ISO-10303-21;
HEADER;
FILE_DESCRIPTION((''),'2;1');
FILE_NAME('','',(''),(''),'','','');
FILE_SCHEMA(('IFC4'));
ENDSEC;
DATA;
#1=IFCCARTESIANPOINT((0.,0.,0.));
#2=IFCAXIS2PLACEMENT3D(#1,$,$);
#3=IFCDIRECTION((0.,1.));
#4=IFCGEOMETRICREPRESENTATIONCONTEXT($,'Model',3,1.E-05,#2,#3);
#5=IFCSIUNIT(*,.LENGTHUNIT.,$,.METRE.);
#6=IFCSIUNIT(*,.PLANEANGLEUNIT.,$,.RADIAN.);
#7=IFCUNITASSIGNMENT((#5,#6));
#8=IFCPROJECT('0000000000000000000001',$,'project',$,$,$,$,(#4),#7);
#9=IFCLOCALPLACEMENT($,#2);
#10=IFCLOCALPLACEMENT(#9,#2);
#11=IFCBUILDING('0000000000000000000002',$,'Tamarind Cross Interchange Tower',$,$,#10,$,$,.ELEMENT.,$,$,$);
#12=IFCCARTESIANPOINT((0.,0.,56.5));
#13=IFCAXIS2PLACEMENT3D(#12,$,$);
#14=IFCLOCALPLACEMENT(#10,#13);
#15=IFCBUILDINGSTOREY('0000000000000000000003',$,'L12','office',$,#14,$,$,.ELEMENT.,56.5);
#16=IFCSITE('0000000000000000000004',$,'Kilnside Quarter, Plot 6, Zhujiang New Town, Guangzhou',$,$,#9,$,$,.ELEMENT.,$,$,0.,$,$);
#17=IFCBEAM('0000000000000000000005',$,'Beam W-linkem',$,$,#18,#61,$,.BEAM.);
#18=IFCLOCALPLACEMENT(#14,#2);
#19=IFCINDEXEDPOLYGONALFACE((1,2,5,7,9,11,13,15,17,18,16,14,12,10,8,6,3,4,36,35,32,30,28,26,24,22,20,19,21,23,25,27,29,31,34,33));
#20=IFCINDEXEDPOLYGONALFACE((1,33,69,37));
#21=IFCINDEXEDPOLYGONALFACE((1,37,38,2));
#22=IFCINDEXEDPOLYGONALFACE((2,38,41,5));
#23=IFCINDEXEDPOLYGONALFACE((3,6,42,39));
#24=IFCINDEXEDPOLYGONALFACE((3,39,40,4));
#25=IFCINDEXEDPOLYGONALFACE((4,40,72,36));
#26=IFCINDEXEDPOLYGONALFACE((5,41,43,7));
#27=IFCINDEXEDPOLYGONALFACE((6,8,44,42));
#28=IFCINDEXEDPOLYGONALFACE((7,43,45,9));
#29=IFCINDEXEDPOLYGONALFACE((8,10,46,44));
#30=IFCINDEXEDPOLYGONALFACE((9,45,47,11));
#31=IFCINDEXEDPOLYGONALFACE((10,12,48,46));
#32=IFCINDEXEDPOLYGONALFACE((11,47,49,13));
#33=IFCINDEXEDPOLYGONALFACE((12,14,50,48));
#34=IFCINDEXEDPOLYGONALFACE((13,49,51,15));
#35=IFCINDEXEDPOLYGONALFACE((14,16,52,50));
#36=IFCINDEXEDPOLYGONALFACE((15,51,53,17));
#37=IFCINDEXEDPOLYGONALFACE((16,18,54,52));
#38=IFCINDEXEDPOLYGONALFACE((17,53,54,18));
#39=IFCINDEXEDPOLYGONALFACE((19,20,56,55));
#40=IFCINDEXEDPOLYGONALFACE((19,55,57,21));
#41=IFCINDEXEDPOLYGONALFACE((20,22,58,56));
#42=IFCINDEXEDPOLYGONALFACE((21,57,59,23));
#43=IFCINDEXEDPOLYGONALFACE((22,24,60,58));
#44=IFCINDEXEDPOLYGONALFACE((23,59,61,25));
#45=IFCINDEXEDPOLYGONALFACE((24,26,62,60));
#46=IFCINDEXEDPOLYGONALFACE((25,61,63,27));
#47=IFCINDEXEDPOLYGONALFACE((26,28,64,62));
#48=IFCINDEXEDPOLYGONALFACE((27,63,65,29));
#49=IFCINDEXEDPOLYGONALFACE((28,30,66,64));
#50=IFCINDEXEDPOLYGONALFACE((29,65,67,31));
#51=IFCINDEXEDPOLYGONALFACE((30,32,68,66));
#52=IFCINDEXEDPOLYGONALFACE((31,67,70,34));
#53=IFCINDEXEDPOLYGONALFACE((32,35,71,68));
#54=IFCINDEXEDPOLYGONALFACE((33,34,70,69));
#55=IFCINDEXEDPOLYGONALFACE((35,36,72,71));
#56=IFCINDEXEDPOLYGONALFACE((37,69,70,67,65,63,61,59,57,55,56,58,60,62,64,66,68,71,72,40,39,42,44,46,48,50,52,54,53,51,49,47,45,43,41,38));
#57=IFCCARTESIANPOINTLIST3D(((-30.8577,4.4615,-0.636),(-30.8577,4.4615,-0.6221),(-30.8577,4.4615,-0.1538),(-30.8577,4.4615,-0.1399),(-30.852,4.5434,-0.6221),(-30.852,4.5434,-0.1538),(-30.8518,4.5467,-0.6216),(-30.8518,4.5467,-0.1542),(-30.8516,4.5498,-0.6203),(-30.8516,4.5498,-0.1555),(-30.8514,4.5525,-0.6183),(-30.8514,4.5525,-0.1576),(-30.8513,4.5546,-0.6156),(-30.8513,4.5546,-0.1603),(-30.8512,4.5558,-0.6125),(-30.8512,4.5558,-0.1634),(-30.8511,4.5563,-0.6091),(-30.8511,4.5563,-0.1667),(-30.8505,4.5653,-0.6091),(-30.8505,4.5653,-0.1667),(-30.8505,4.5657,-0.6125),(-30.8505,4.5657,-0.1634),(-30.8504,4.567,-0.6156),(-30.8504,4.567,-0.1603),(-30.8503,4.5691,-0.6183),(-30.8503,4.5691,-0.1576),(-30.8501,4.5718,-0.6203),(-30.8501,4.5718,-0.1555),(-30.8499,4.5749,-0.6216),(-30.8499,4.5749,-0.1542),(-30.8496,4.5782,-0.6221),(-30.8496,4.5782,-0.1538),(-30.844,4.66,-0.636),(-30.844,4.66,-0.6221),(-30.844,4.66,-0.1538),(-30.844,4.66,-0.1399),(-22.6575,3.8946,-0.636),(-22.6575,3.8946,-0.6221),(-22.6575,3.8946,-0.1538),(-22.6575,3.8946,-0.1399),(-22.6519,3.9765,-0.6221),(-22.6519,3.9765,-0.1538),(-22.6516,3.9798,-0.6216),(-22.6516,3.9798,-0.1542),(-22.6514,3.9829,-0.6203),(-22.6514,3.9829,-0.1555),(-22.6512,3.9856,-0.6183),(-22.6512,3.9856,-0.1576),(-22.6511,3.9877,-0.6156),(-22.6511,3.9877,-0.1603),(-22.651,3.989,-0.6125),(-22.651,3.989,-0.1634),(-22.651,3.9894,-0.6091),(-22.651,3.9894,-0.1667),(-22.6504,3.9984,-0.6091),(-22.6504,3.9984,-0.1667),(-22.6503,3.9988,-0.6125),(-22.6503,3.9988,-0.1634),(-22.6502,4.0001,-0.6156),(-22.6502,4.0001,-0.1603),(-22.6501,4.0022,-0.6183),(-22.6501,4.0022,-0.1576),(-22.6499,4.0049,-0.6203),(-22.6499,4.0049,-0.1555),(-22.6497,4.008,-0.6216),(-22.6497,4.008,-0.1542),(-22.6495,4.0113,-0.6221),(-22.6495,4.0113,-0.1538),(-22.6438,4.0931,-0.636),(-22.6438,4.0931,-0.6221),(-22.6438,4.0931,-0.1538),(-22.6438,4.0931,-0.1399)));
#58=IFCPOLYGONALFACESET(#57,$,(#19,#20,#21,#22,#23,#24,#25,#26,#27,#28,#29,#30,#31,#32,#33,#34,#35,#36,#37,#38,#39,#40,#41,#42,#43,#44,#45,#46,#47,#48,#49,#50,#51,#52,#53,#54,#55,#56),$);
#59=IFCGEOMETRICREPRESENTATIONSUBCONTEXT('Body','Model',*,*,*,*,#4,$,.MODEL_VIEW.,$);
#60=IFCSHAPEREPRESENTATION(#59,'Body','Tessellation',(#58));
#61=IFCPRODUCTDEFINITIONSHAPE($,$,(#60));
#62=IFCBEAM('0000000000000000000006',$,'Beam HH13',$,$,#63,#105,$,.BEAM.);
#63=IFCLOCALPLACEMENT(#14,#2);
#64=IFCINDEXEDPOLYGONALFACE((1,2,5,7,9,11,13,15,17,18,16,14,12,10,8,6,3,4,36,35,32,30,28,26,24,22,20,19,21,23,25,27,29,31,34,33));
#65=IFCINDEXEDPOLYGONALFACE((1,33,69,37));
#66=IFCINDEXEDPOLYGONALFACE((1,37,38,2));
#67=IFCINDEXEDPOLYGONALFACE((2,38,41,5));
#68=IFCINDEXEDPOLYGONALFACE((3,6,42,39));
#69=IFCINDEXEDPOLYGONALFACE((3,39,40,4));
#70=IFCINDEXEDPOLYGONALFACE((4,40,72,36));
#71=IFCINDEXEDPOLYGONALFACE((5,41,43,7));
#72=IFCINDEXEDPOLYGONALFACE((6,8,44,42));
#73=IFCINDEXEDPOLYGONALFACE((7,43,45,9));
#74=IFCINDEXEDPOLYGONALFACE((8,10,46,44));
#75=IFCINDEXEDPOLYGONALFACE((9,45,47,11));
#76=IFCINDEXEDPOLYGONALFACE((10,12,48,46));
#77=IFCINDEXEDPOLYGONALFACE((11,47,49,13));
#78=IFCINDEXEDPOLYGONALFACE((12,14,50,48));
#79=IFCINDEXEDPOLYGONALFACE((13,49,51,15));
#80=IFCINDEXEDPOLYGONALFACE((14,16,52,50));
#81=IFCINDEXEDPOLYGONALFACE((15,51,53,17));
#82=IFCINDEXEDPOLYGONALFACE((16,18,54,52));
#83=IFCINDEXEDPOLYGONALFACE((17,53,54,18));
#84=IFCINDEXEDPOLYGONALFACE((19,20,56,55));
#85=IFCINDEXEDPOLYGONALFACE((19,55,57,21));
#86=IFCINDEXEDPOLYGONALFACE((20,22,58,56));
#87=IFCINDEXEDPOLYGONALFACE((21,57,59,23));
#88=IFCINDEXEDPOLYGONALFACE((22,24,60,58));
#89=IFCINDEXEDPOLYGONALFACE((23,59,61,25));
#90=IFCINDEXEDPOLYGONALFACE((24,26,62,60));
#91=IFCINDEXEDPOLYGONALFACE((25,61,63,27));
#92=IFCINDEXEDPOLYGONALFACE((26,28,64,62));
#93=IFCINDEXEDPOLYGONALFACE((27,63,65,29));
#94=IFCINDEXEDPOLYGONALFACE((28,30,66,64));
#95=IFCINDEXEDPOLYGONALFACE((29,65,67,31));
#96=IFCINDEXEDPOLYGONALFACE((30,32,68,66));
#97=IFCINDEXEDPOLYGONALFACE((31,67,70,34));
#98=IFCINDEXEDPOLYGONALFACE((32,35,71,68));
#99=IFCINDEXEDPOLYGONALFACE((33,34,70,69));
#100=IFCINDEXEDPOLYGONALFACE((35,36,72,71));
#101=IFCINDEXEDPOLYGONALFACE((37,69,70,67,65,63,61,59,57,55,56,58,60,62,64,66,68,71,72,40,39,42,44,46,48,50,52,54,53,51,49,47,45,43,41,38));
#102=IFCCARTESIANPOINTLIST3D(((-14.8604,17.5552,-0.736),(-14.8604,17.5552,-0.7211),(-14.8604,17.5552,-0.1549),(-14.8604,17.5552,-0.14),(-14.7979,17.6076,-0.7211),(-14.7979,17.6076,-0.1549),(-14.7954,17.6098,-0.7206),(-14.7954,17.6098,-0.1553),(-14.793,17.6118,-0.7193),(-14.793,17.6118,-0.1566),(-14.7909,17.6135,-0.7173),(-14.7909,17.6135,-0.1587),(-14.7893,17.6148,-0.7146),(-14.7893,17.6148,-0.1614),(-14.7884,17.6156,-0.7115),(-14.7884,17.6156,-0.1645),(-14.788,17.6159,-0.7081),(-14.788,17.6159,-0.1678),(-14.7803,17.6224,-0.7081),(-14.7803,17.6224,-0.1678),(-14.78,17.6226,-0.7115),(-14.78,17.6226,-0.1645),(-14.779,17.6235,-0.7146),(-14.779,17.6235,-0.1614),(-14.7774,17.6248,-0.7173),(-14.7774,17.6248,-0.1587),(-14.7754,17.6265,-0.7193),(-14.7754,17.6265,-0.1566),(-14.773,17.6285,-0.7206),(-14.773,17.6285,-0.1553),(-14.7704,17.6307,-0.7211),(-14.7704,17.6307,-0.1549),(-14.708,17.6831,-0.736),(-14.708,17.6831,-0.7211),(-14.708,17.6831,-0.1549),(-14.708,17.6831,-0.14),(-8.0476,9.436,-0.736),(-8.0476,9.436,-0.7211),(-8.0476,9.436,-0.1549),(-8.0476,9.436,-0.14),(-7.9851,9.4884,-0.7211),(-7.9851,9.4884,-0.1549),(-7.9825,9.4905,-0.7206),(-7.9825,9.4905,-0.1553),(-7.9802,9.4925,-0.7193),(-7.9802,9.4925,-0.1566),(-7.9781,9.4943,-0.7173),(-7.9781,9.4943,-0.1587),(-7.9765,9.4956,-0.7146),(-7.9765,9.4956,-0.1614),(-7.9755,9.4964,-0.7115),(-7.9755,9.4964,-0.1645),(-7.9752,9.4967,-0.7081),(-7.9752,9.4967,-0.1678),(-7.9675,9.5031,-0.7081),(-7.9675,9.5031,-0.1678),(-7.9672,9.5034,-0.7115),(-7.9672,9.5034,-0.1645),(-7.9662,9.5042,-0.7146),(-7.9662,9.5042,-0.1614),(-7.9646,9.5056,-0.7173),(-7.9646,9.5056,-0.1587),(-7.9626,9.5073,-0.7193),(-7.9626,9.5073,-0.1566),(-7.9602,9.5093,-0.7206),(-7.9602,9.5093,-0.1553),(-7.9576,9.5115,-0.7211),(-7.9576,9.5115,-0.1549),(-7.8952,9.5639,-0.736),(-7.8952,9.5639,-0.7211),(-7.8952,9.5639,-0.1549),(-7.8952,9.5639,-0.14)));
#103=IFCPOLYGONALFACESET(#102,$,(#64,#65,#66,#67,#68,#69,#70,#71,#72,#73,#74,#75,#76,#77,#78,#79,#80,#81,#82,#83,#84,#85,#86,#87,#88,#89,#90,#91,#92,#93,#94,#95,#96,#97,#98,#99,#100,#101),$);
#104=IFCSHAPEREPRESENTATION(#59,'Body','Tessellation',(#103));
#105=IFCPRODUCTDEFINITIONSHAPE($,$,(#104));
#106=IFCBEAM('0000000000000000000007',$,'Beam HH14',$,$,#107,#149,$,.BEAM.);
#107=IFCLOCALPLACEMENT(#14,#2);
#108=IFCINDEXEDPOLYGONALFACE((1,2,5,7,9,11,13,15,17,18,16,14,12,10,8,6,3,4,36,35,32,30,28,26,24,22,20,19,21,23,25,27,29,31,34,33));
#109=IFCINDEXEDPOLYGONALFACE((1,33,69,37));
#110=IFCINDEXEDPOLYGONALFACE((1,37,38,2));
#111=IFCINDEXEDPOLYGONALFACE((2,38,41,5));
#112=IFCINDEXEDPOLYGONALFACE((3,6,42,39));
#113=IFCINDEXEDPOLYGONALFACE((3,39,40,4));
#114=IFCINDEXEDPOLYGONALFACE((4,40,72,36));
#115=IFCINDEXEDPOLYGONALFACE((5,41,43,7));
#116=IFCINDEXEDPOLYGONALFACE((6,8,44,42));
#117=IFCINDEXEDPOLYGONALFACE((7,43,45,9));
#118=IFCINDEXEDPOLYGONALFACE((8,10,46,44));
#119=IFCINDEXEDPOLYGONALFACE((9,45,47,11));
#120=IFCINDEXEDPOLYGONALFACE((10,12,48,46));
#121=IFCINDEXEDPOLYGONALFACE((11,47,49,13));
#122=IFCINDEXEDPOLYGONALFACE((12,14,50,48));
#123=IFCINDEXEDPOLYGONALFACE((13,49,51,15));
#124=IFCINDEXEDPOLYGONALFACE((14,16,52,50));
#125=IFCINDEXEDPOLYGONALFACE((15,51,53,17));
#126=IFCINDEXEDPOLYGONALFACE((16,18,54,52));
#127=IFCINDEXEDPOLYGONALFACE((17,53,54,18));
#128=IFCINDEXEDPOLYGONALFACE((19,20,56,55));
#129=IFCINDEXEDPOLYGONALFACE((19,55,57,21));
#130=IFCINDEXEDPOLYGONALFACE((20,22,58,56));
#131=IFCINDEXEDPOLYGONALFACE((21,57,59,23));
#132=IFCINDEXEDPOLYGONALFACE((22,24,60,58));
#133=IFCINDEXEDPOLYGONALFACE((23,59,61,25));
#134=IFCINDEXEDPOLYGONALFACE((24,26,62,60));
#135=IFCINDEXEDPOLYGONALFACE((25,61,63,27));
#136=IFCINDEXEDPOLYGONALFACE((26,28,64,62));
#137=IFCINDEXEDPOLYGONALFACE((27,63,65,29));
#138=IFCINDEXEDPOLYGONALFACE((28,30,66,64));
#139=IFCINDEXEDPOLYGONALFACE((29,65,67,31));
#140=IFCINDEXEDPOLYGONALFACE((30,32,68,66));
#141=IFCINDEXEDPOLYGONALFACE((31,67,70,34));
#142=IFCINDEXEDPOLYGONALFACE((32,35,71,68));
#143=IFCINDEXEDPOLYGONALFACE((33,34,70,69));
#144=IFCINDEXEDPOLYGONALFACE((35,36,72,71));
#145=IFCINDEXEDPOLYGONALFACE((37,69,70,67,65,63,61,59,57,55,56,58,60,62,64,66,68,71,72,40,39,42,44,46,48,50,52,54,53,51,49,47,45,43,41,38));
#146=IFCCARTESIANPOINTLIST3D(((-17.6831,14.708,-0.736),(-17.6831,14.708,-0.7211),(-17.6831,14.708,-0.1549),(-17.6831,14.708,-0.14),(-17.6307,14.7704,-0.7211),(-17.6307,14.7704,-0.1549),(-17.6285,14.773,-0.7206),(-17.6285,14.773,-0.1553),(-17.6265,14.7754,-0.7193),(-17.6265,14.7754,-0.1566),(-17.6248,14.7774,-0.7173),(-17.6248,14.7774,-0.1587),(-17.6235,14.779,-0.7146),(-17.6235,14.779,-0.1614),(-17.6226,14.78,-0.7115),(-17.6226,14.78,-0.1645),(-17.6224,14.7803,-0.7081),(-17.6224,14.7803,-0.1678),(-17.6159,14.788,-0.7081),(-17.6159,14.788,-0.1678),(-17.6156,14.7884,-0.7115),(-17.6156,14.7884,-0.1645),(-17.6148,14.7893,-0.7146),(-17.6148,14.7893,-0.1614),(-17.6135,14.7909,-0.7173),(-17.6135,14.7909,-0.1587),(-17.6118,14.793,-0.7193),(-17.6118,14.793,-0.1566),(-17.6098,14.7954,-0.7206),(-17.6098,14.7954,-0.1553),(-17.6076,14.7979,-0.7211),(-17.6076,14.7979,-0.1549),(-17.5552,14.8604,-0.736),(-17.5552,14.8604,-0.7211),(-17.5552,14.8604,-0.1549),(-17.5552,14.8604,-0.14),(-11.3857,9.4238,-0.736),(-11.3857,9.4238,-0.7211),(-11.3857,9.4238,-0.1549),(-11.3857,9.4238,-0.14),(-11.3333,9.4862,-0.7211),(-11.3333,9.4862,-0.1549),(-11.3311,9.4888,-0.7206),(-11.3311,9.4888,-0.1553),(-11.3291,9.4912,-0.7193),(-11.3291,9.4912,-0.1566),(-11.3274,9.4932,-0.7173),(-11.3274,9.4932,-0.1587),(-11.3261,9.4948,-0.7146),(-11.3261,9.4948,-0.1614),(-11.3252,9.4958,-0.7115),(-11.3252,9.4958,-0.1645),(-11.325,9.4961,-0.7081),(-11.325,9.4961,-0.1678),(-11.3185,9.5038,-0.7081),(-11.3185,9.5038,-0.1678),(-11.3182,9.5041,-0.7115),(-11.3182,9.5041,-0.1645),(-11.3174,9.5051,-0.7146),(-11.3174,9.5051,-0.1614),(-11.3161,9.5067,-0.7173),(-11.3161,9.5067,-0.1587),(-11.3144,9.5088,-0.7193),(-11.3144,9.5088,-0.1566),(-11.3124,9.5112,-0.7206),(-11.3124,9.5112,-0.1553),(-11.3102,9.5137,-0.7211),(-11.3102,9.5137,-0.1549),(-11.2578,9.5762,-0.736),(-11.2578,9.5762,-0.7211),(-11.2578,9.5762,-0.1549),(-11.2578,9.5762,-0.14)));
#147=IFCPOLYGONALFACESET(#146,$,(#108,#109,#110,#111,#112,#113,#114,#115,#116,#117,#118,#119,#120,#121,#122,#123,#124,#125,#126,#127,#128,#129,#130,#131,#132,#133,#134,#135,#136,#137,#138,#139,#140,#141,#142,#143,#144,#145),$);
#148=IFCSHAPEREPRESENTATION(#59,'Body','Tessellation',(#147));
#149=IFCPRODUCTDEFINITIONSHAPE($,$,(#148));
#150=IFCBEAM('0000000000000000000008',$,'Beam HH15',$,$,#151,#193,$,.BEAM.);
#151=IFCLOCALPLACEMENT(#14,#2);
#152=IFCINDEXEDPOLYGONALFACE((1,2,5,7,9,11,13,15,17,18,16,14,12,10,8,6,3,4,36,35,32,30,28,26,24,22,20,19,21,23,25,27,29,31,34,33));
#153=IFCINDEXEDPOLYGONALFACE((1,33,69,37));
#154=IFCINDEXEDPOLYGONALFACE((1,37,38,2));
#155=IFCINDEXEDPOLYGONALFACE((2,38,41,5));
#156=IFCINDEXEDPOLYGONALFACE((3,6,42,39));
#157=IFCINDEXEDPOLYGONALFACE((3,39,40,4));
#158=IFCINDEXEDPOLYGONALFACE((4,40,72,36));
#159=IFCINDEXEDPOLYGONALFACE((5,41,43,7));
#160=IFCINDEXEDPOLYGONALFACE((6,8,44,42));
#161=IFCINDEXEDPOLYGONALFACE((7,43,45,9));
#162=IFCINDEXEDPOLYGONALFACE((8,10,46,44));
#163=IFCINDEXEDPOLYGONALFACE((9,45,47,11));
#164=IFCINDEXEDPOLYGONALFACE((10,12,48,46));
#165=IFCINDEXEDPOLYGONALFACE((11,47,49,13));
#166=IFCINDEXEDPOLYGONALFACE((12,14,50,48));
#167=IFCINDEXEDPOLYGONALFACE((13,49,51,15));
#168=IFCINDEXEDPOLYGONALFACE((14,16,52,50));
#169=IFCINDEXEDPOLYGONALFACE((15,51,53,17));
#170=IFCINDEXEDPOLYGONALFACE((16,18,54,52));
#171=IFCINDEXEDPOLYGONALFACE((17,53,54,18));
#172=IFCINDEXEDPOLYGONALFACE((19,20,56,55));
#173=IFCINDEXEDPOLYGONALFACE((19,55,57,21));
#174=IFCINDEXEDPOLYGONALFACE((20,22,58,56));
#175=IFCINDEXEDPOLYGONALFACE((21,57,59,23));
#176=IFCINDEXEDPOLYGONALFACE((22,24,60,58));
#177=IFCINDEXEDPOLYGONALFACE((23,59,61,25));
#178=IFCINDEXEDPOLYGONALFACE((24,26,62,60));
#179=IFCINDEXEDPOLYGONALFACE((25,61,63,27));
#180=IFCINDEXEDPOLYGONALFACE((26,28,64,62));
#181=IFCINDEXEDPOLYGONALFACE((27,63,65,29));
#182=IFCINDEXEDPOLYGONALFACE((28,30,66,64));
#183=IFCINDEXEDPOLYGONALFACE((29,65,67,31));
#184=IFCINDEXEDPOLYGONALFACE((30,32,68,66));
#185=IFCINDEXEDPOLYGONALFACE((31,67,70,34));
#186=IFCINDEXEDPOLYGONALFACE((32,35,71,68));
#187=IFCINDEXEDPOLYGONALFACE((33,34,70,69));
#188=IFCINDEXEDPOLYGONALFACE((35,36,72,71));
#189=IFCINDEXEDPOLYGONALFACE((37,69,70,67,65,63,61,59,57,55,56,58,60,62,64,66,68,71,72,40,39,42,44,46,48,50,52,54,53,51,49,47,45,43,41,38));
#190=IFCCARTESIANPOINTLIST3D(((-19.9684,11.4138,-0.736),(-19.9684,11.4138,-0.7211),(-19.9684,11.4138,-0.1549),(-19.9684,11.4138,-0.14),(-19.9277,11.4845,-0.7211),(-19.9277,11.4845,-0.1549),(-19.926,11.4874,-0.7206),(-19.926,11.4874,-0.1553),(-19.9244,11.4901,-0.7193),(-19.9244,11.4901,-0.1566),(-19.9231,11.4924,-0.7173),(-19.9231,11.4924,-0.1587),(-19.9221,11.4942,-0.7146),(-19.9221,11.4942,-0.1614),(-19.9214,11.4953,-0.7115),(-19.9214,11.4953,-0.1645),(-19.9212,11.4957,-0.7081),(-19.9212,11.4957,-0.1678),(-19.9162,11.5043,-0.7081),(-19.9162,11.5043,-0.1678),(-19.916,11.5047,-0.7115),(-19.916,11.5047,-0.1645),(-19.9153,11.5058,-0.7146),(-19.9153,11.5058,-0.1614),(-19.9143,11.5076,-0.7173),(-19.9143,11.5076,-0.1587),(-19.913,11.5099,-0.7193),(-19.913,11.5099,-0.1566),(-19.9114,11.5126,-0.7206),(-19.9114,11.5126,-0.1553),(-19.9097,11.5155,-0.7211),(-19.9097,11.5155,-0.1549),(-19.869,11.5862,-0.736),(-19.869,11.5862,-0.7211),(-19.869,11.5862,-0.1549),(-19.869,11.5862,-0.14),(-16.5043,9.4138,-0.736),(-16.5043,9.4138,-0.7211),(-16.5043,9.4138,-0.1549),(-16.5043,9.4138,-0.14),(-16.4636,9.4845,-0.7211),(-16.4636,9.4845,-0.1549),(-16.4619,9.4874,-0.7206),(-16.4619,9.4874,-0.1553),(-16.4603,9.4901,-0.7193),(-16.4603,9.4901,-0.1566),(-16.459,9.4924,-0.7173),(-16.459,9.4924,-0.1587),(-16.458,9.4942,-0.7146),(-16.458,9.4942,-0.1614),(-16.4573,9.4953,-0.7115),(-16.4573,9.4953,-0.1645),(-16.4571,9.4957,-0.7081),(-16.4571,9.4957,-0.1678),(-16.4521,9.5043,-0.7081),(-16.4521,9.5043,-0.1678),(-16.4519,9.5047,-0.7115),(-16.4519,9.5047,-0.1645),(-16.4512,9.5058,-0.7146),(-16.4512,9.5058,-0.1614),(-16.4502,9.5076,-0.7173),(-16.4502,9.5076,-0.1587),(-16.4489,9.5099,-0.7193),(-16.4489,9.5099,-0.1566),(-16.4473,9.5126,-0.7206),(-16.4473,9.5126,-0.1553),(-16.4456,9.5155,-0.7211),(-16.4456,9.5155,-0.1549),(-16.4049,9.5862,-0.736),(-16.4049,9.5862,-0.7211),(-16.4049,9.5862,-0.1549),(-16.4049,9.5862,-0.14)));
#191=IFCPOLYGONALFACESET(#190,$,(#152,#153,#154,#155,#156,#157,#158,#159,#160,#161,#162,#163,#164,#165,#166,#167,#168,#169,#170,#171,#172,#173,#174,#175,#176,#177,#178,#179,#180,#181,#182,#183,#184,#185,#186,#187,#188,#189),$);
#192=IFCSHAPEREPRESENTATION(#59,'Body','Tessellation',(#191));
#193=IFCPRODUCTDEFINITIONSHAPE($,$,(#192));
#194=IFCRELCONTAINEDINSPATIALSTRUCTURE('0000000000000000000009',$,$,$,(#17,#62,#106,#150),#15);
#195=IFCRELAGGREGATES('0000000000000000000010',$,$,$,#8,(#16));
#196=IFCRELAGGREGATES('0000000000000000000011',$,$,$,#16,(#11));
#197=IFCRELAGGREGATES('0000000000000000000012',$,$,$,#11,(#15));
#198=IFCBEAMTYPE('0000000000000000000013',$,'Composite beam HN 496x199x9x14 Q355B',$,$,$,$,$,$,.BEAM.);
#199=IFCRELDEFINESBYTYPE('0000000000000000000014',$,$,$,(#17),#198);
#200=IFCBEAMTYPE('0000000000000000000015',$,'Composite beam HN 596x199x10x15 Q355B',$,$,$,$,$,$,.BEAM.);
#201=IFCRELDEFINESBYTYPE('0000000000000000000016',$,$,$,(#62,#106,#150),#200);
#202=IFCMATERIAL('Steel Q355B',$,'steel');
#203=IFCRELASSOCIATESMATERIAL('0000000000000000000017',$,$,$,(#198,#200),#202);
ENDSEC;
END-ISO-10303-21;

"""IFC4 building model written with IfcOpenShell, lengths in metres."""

from ifc_helpers import new_model, si_unit, direction, frame, origin, origin_2d, place, context, subcontext, project, spatial, i_section, extrude, material, material_profile, profile_set, type_object, element, save


model = new_model("IFC4")

# Units and contexts
model_context = context("Model", 3, precision=1e-05, world=origin(), true_north=direction((0.0, 1.0)))
body_context = subcontext(model_context, "Body", "Model", "MODEL_VIEW")
ifc_project = project(units=[si_unit("LENGTHUNIT", "METRE"), si_unit("PLANEANGLEUNIT", "RADIAN")], contexts=[model_context])

# Site, building, storey
site_placement = place(None, origin())
site = spatial("IfcSite", under=ifc_project, at=site_placement, Name="Kilnside Quarter, Plot 6, Zhujiang New Town, Guangzhou", CompositionType="ELEMENT", RefElevation=0.0)
building_placement = place(site_placement, origin())
building = spatial("IfcBuilding", under=site, at=building_placement, Name="Tamarind Cross Interchange Tower", CompositionType="ELEMENT")
storey_placement = place(building_placement, frame((0.0, 0.0, 56.5)))
storey = spatial("IfcBuildingStorey", under=building, at=storey_placement, Name="L12", Description="office", CompositionType="ELEMENT", Elevation=56.5)

# Beams
ifc_material_1 = material(Name="Steel Q355B", Category="steel")
ifc_material_profile_1 = material_profile(ifc_material_1, i_section(OverallWidth=0.199, OverallDepth=0.4961, WebThickness=0.009, FlangeThickness=0.0139, FilletRadius=0.0129, at=origin_2d()), Name="HN 496x199x9x14")
ifc_profile_set_1 = profile_set([ifc_material_profile_1], Name="Steel Q355B")
beam_type_1 = type_object("IfcBeamType", Name="Composite beam HN 496x199x9x14 Q355B", PredefinedType="BEAM", material=ifc_profile_set_1)
beam_1_placement = place(storey_placement, frame((-30.8508, 4.5608, -0.3879), z_axis=(0.997619, -0.068967, 0.0), x_axis=(0.068967, 0.997619, 0.0)))
element("IfcBeam", 1, at=beam_1_placement, inside=storey, type_object=beam_type_1, Name="Beam W-linkem", PredefinedType="BEAM", context=body_context, shape_type="SweptSolid", body=[
    extrude(i_section(OverallWidth=0.199, OverallDepth=0.4961, WebThickness=0.009, FlangeThickness=0.0139, FilletRadius=0.0129, at=origin_2d()), origin(), (0.0, 0.0, 1.0), 8.2197),
])
ifc_material_profile_2 = material_profile(ifc_material_1, i_section(OverallWidth=0.199, OverallDepth=0.5959, WebThickness=0.01, FlangeThickness=0.0149, FilletRadius=0.0129, at=origin_2d()), Name="HN 596x199x10x15")
ifc_profile_set_2 = profile_set([ifc_material_profile_2], Name="Steel Q355B")
beam_type_2 = type_object("IfcBeamType", Name="Composite beam HN 596x199x10x15 Q355B", PredefinedType="BEAM", material=ifc_profile_set_2)
beam_2_placement = place(storey_placement, frame((-14.7842, 17.6191, -0.438), z_axis=(0.642786, -0.766046, 0.0), x_axis=(0.766046, 0.642786, 0.0)))
element("IfcBeam", 2, at=beam_2_placement, inside=storey, type_object=beam_type_2, Name="Beam HH13", PredefinedType="BEAM", context=body_context, shape_type="SweptSolid", body=[
    extrude(i_section(OverallWidth=0.199, OverallDepth=0.5959, WebThickness=0.01, FlangeThickness=0.0149, FilletRadius=0.0129, at=origin_2d()), origin(), (0.0, 0.0, 1.0), 10.5989),
])
beam_3_placement = place(storey_placement, frame((-17.6191, 14.7842, -0.438), z_axis=(0.766041, -0.642792, 0.0), x_axis=(0.642792, 0.766041, 0.0)))
element("IfcBeam", 3, at=beam_3_placement, inside=storey, type_object=beam_type_2, Name="Beam HH14", PredefinedType="BEAM", context=body_context, shape_type="SweptSolid", body=[
    extrude(i_section(OverallWidth=0.199, OverallDepth=0.5959, WebThickness=0.01, FlangeThickness=0.0149, FilletRadius=0.0129, at=origin_2d()), origin(), (0.0, 0.0, 1.0), 8.2207),
])
beam_4_placement = place(storey_placement, frame((-19.9187, 11.5, -0.438), z_axis=(0.866026, -0.499999, 0.0), x_axis=(0.499999, 0.866026, 0.0)))
element("IfcBeam", 4, at=beam_4_placement, inside=storey, type_object=beam_type_2, Name="Beam HH15", PredefinedType="BEAM", context=body_context, shape_type="SweptSolid", body=[
    extrude(i_section(OverallWidth=0.199, OverallDepth=0.5959, WebThickness=0.01, FlangeThickness=0.0149, FilletRadius=0.0129, at=origin_2d()), origin(), (0.0, 0.0, 1.0), 4.0),
])

save(model, "model.ifc")
